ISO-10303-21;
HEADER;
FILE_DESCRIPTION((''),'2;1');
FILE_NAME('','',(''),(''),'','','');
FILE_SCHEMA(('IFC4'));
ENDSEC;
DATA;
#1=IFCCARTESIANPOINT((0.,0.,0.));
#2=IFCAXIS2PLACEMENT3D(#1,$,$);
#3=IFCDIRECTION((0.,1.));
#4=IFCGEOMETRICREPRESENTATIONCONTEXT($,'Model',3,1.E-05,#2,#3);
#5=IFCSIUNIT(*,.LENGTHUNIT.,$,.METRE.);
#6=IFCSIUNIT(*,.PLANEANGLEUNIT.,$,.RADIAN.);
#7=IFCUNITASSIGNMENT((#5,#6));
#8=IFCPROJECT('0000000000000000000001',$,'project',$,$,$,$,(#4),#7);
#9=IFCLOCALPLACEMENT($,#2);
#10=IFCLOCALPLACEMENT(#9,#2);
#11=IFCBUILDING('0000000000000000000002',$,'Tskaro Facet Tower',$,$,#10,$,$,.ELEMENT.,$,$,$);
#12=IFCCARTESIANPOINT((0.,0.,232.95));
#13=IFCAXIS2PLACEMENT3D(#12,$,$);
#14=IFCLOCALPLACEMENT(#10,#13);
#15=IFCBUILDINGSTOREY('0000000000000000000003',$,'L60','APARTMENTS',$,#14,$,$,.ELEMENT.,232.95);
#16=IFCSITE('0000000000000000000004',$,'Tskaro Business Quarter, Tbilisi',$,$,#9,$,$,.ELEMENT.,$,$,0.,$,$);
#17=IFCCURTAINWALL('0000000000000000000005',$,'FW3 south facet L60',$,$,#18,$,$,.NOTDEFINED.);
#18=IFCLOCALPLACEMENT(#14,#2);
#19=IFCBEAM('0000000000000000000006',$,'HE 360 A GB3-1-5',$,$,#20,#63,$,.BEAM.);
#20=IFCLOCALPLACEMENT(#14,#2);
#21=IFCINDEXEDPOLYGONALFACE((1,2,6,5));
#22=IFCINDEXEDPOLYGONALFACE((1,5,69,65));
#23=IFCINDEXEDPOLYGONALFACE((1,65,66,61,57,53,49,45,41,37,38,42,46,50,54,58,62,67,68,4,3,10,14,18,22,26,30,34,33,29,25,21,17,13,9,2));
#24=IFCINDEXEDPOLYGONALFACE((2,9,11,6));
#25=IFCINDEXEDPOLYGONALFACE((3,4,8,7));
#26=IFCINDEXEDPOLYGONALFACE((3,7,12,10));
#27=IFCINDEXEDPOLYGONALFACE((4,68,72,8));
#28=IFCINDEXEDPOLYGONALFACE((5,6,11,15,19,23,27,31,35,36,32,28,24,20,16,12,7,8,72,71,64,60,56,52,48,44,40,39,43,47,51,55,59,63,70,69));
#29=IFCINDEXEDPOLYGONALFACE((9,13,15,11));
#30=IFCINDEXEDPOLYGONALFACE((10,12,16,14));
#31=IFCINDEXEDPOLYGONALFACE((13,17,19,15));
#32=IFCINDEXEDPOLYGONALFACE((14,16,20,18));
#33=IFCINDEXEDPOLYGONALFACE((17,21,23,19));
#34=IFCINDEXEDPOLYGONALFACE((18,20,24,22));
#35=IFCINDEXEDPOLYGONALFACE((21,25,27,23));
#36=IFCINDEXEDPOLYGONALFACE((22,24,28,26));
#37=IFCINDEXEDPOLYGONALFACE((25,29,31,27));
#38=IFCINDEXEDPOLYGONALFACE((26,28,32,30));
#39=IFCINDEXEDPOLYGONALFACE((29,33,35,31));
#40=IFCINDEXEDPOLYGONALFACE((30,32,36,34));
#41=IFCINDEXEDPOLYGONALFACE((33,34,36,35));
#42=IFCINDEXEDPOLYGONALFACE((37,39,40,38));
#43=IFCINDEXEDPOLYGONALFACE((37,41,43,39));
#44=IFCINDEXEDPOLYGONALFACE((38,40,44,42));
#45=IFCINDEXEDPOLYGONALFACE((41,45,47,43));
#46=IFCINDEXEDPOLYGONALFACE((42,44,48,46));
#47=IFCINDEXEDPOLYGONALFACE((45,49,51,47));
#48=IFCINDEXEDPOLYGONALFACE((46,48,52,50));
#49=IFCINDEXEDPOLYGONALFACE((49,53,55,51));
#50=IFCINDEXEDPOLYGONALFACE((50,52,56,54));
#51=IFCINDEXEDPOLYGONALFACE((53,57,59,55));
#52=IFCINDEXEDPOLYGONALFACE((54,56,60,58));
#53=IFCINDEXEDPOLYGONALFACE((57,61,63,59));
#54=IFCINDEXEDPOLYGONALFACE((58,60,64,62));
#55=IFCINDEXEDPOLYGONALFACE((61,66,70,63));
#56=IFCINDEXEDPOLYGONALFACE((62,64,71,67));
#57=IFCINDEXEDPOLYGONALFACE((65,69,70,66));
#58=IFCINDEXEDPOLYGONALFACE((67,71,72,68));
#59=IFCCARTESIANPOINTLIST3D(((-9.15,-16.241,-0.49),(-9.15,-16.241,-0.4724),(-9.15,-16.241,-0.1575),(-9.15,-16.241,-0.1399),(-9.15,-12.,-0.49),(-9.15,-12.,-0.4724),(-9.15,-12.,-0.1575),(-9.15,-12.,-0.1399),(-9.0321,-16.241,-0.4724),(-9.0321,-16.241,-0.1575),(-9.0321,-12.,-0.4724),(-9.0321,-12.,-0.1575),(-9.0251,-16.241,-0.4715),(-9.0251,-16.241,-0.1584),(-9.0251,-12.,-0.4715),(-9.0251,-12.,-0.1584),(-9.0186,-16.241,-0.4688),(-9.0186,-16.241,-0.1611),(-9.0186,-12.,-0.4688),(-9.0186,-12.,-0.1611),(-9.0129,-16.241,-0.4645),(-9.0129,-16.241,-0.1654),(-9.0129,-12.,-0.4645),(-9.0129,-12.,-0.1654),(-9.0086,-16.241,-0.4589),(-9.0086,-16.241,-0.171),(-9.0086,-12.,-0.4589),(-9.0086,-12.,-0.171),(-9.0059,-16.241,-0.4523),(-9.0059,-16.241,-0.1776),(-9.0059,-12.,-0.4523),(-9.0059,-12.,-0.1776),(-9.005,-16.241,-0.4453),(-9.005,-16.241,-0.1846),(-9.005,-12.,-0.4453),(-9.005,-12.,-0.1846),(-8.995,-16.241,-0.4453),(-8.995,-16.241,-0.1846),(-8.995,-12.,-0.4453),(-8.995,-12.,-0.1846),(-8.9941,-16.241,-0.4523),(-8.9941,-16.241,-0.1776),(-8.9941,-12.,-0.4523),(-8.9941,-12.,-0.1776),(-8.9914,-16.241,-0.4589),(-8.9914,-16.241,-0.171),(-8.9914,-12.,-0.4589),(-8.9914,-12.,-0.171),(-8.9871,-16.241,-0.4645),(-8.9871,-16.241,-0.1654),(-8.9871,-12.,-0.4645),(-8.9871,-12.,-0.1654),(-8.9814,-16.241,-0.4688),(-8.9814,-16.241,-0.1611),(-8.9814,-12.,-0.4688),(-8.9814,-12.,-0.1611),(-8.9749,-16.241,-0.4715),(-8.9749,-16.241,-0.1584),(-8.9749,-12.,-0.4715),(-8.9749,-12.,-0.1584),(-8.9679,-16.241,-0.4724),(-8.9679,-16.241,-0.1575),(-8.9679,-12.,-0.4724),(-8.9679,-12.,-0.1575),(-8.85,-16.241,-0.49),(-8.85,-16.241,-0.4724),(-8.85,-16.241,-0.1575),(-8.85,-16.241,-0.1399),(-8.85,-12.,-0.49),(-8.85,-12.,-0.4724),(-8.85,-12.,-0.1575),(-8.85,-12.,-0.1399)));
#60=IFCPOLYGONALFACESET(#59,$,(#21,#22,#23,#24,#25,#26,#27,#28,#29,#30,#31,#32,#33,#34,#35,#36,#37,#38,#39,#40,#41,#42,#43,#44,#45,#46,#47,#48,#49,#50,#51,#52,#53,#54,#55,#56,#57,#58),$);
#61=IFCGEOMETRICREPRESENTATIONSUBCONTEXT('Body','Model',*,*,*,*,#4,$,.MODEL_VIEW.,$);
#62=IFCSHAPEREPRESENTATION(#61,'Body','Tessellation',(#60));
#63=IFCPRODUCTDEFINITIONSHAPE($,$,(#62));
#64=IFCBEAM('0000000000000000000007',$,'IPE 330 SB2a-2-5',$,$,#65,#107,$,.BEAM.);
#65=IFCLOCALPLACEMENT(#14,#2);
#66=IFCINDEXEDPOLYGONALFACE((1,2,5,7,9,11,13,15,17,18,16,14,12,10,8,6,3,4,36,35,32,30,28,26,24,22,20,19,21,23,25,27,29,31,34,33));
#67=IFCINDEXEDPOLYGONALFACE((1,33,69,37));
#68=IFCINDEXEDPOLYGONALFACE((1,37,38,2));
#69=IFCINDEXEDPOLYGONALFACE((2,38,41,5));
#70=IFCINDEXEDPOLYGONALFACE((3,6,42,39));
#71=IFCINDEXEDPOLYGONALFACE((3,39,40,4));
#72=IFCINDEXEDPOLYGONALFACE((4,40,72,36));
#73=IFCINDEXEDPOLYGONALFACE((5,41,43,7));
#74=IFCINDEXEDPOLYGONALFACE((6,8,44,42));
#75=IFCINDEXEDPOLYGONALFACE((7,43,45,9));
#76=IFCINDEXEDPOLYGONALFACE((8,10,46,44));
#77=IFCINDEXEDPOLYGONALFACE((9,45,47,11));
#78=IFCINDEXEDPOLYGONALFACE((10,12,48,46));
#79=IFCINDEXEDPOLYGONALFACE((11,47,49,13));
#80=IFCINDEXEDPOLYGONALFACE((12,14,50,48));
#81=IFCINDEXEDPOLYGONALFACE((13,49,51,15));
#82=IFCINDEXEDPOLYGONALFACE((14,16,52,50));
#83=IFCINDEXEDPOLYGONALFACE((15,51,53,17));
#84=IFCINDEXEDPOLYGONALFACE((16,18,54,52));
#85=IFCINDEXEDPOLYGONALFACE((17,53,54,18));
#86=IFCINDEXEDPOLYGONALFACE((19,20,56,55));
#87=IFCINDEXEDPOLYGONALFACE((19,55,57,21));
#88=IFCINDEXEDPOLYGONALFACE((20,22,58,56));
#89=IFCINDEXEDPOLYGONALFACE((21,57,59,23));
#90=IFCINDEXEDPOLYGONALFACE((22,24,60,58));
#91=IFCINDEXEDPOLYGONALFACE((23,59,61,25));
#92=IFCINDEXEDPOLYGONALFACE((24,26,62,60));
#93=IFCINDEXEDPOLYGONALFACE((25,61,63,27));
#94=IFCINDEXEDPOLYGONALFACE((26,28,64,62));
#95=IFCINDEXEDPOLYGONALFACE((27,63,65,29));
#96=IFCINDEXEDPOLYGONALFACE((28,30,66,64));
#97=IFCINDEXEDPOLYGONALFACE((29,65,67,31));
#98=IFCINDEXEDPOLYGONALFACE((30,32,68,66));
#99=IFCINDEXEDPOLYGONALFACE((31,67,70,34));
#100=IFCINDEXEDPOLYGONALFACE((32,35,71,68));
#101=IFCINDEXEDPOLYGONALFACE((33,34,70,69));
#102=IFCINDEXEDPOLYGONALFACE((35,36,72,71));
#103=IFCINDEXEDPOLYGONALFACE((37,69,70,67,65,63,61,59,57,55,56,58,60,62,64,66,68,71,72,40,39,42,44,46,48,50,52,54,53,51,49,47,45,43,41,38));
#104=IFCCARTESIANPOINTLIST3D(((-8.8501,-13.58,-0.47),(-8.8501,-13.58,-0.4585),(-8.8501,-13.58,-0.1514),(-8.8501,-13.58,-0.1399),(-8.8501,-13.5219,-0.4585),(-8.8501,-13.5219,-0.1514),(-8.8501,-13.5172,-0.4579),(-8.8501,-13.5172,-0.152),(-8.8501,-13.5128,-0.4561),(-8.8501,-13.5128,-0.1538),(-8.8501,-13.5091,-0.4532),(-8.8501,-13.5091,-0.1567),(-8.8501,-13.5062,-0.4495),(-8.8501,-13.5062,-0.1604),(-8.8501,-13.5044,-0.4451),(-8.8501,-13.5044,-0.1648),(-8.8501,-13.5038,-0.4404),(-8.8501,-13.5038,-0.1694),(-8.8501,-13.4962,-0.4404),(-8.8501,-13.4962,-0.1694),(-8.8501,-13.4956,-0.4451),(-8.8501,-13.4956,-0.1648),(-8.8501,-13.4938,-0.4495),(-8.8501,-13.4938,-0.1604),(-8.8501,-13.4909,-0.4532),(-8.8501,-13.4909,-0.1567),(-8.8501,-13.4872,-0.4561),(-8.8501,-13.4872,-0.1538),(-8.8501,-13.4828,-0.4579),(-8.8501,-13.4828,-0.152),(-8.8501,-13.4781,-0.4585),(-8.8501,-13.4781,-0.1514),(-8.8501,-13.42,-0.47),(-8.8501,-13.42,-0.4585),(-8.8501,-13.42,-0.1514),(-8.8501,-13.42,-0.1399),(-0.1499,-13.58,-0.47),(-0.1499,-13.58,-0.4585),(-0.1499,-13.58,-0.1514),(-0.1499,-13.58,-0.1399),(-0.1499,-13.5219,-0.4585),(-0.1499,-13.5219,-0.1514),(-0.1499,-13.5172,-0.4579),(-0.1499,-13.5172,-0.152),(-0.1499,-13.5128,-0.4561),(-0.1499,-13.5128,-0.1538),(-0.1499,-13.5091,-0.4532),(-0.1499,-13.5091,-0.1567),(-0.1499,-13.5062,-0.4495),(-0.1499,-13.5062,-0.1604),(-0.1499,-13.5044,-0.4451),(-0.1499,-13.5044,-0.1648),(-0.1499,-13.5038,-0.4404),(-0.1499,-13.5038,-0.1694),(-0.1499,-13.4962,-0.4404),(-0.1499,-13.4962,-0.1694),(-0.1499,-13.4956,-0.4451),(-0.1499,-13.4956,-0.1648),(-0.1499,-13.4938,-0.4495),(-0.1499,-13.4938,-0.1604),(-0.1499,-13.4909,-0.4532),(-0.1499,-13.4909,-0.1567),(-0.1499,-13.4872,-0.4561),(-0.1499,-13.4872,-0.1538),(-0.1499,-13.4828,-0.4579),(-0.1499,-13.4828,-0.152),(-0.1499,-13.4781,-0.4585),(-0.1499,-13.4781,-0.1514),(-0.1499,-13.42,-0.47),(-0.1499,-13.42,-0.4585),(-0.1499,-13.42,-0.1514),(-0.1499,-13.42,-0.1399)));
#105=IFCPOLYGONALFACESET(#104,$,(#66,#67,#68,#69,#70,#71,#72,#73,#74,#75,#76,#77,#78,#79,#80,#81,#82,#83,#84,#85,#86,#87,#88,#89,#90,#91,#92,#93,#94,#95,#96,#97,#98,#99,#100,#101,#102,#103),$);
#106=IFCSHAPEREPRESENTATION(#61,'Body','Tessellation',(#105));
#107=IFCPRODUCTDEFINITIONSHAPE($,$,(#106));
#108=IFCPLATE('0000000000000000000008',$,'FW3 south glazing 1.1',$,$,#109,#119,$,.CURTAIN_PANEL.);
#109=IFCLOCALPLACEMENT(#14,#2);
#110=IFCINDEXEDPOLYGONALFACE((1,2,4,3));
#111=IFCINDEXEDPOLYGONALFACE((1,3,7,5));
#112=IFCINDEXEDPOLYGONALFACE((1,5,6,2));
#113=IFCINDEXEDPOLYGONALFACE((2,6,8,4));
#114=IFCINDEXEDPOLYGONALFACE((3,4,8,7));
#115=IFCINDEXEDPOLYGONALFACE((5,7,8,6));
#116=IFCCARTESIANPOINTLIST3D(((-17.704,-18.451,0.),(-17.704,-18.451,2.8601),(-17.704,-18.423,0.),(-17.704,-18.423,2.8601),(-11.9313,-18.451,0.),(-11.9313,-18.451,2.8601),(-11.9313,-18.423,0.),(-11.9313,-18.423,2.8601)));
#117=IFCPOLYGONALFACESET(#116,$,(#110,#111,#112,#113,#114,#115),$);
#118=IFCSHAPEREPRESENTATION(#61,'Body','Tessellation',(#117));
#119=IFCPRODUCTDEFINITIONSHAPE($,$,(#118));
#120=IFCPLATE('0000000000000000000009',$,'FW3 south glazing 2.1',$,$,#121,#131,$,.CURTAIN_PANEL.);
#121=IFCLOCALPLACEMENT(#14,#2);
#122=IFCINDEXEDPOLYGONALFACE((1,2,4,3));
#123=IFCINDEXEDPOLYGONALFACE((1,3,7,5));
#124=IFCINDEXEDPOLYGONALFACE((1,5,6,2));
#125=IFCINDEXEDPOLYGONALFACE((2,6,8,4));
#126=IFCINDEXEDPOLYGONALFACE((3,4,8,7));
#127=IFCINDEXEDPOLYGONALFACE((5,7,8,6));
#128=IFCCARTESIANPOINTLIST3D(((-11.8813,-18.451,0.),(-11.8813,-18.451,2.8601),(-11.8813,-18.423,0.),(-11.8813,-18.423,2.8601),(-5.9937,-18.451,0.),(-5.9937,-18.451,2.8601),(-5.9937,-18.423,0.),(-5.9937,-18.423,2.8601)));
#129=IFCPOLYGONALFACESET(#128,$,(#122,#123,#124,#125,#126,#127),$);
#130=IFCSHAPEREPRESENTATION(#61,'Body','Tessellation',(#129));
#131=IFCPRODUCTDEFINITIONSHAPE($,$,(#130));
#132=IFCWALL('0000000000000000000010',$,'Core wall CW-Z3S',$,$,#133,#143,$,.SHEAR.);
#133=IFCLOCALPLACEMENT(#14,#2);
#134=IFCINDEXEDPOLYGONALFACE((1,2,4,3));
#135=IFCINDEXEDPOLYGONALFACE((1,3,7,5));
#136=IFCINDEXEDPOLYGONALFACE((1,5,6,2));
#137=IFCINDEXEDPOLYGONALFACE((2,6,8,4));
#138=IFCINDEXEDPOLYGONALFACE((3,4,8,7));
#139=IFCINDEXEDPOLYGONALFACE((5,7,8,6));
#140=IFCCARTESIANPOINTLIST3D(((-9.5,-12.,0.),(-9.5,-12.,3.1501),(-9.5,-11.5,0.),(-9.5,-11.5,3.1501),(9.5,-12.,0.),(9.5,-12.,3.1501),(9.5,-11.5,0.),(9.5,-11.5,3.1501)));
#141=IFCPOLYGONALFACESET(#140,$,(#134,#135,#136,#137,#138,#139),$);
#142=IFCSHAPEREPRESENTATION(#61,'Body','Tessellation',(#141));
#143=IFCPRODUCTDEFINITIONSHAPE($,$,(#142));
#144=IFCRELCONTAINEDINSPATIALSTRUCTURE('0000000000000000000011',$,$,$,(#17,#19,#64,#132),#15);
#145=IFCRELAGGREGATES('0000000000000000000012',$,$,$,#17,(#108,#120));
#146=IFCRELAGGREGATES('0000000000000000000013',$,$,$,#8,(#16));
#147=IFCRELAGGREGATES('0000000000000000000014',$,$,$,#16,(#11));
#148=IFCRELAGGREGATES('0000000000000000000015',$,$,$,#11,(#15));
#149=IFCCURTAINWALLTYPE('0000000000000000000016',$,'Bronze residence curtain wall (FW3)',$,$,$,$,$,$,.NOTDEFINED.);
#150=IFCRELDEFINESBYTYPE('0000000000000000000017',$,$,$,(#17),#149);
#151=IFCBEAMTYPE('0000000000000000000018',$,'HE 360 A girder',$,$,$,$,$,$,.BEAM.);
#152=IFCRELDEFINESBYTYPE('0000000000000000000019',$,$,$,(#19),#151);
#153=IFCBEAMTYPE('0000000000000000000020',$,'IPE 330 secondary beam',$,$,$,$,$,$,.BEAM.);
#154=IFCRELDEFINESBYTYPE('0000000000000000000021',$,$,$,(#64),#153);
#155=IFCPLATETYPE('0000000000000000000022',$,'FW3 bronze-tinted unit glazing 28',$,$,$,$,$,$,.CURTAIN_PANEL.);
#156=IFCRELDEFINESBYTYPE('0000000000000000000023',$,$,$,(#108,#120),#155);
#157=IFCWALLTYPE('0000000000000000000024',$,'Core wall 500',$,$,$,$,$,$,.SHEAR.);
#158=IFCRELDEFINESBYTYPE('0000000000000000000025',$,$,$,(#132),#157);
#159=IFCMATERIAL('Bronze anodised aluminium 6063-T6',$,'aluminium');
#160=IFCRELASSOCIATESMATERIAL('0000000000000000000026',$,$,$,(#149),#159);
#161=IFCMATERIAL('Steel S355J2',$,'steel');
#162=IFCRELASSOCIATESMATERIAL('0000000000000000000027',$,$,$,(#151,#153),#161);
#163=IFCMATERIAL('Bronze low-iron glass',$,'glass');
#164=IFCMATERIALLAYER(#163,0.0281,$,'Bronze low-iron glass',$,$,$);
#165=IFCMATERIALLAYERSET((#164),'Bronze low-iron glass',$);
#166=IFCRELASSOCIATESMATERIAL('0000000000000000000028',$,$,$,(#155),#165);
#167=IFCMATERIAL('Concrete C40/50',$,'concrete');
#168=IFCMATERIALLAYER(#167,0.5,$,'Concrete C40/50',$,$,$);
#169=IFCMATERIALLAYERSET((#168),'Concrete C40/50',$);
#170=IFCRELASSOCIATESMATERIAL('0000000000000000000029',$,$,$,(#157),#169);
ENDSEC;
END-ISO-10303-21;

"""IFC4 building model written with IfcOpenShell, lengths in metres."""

from ifc_helpers import new_model, si_unit, direction, frame, frame_2d, origin, origin_2d, place, context, subcontext, project, spatial, rectangle, i_section, extrude, material, layer, layer_set, material_profile, profile_set, type_object, element, aggregate, save


model = new_model("IFC4")

# Units and contexts
model_context = context("Model", 3, precision=1e-05, world=origin(), true_north=direction((0.0, 1.0)))
body_context = subcontext(model_context, "Body", "Model", "MODEL_VIEW")
ifc_project = project(units=[si_unit("LENGTHUNIT", "METRE"), si_unit("PLANEANGLEUNIT", "RADIAN")], contexts=[model_context])

# Site, building, storey
site_placement = place(None, origin())
site = spatial("IfcSite", under=ifc_project, at=site_placement, Name="Tskaro Business Quarter, Tbilisi", CompositionType="ELEMENT", RefElevation=0.0)
building_placement = place(site_placement, origin())
building = spatial("IfcBuilding", under=site, at=building_placement, Name="Tskaro Facet Tower", CompositionType="ELEMENT")
storey_placement = place(building_placement, frame((0.0, 0.0, 232.95)))
storey = spatial("IfcBuildingStorey", under=building, at=storey_placement, Name="L60", Description="APARTMENTS", CompositionType="ELEMENT", Elevation=232.95)

# Curtain wall
ifc_material_1 = material(Name="Bronze anodised aluminium 6063-T6", Category="aluminium")
curtain_wall_type = type_object("IfcCurtainWallType", Name="Bronze residence curtain wall (FW3)", PredefinedType="NOTDEFINED", material=ifc_material_1)
curtain_wall_placement = place(storey_placement, origin())
curtain_wall = element("IfcCurtainWall", 1, at=curtain_wall_placement, inside=storey, type_object=curtain_wall_type, Name="FW3 south facet L60", PredefinedType="NOTDEFINED")

# Beams
ifc_material_2 = material(Name="Steel S355J2", Category="steel")
ifc_material_profile_1 = material_profile(ifc_material_2, i_section(OverallWidth=0.3, OverallDepth=0.3501, WebThickness=0.01, FlangeThickness=0.0176, FilletRadius=0.0271, at=origin_2d()), Name="HE 360 A")
ifc_profile_set_1 = profile_set([ifc_material_profile_1], Name="Steel S355J2")
beam_type_1 = type_object("IfcBeamType", Name="HE 360 A girder", PredefinedType="BEAM", material=ifc_profile_set_1)
beam_1_placement = place(storey_placement, frame((-9.0, -16.241, -0.3149), z_axis=(0.0, 1.0, 0.0), x_axis=(-1.0, 0.0, 0.0)))
element("IfcBeam", 2, at=beam_1_placement, inside=storey, type_object=beam_type_1, Name="HE 360 A GB3-1-5", PredefinedType="BEAM", context=body_context, shape_type="SweptSolid", body=[
    extrude(i_section(OverallWidth=0.3, OverallDepth=0.3501, WebThickness=0.01, FlangeThickness=0.0176, FilletRadius=0.0271, at=origin_2d()), origin(), (0.0, 0.0, 1.0), 4.241),
])
ifc_material_profile_2 = material_profile(ifc_material_2, i_section(OverallWidth=0.1599, OverallDepth=0.3301, WebThickness=0.0076, FlangeThickness=0.0115, FilletRadius=0.0181, at=origin_2d()), Name="IPE 330")
ifc_profile_set_2 = profile_set([ifc_material_profile_2], Name="Steel S355J2")
beam_type_2 = type_object("IfcBeamType", Name="IPE 330 secondary beam", PredefinedType="BEAM", material=ifc_profile_set_2)
beam_2_placement = place(storey_placement, frame((-8.8501, -13.5, -0.3049), z_axis=(1.0, 0.0, 0.0), x_axis=(0.0, 1.0, 0.0)))
element("IfcBeam", 3, at=beam_2_placement, inside=storey, type_object=beam_type_2, Name="IPE 330 SB2a-2-5", PredefinedType="BEAM", context=body_context, shape_type="SweptSolid", body=[
    extrude(i_section(OverallWidth=0.1599, OverallDepth=0.3301, WebThickness=0.0076, FlangeThickness=0.0115, FilletRadius=0.0181, at=origin_2d()), origin(), (0.0, 0.0, 1.0), 8.7002),
])

# Plates
ifc_material_3 = material(Name="Bronze low-iron glass", Category="glass")
ifc_layer_1 = layer(ifc_material_3, 0.0281, Name="Bronze low-iron glass")
ifc_layer_set_1 = layer_set([ifc_layer_1], Name="Bronze low-iron glass")
plate_type = type_object("IfcPlateType", Name="FW3 bronze-tinted unit glazing 28", PredefinedType="CURTAIN_PANEL", material=ifc_layer_set_1)
plate_1_placement = place(storey_placement, frame((-14.8176, -18.437, 0.0), z_axis=(0.0, 0.0, 1.0), x_axis=(1.0, 0.0, 0.0)))
plate_1 = element("IfcPlate", 4, at=plate_1_placement, type_object=plate_type, Name="FW3 south glazing 1.1", PredefinedType="CURTAIN_PANEL", context=body_context, shape_type="SweptSolid", body=[
    extrude(rectangle(XDim=5.7727, YDim=0.0281, at=origin_2d()), origin(), (0.0, 0.0, 1.0), 2.8601),
])
plate_2_placement = place(storey_placement, frame((-8.9375, -18.437, 0.0), z_axis=(0.0, 0.0, 1.0), x_axis=(1.0, 0.0, 0.0)))
plate_2 = element("IfcPlate", 5, at=plate_2_placement, type_object=plate_type, Name="FW3 south glazing 2.1", PredefinedType="CURTAIN_PANEL", context=body_context, shape_type="SweptSolid", body=[
    extrude(rectangle(XDim=5.8877, YDim=0.0281, at=origin_2d()), origin(), (0.0, 0.0, 1.0), 2.8601),
])
aggregate(curtain_wall, [plate_1, plate_2])

# Wall
ifc_material_4 = material(Name="Concrete C40/50", Category="concrete")
ifc_layer_2 = layer(ifc_material_4, 0.5, Name="Concrete C40/50")
ifc_layer_set_2 = layer_set([ifc_layer_2], Name="Concrete C40/50")
wall_type_1 = type_object("IfcWallType", Name="Core wall 500", PredefinedType="SHEAR", material=ifc_layer_set_2)
wall_1_placement = place(storey_placement, frame((-9.5, -11.75, 0.0), z_axis=(0.0, 0.0, 1.0), x_axis=(1.0, 0.0, 0.0)))
element("IfcWall", 6, at=wall_1_placement, inside=storey, type_object=wall_type_1, Name="Core wall CW-Z3S", PredefinedType="SHEAR", context=body_context, shape_type="SweptSolid", body=[
    extrude(rectangle(XDim=19.0, YDim=0.5, at=frame_2d((9.5, 0.0))), origin(), (0.0, 0.0, 1.0), 3.1501),
])

save(model, "model.ifc")
